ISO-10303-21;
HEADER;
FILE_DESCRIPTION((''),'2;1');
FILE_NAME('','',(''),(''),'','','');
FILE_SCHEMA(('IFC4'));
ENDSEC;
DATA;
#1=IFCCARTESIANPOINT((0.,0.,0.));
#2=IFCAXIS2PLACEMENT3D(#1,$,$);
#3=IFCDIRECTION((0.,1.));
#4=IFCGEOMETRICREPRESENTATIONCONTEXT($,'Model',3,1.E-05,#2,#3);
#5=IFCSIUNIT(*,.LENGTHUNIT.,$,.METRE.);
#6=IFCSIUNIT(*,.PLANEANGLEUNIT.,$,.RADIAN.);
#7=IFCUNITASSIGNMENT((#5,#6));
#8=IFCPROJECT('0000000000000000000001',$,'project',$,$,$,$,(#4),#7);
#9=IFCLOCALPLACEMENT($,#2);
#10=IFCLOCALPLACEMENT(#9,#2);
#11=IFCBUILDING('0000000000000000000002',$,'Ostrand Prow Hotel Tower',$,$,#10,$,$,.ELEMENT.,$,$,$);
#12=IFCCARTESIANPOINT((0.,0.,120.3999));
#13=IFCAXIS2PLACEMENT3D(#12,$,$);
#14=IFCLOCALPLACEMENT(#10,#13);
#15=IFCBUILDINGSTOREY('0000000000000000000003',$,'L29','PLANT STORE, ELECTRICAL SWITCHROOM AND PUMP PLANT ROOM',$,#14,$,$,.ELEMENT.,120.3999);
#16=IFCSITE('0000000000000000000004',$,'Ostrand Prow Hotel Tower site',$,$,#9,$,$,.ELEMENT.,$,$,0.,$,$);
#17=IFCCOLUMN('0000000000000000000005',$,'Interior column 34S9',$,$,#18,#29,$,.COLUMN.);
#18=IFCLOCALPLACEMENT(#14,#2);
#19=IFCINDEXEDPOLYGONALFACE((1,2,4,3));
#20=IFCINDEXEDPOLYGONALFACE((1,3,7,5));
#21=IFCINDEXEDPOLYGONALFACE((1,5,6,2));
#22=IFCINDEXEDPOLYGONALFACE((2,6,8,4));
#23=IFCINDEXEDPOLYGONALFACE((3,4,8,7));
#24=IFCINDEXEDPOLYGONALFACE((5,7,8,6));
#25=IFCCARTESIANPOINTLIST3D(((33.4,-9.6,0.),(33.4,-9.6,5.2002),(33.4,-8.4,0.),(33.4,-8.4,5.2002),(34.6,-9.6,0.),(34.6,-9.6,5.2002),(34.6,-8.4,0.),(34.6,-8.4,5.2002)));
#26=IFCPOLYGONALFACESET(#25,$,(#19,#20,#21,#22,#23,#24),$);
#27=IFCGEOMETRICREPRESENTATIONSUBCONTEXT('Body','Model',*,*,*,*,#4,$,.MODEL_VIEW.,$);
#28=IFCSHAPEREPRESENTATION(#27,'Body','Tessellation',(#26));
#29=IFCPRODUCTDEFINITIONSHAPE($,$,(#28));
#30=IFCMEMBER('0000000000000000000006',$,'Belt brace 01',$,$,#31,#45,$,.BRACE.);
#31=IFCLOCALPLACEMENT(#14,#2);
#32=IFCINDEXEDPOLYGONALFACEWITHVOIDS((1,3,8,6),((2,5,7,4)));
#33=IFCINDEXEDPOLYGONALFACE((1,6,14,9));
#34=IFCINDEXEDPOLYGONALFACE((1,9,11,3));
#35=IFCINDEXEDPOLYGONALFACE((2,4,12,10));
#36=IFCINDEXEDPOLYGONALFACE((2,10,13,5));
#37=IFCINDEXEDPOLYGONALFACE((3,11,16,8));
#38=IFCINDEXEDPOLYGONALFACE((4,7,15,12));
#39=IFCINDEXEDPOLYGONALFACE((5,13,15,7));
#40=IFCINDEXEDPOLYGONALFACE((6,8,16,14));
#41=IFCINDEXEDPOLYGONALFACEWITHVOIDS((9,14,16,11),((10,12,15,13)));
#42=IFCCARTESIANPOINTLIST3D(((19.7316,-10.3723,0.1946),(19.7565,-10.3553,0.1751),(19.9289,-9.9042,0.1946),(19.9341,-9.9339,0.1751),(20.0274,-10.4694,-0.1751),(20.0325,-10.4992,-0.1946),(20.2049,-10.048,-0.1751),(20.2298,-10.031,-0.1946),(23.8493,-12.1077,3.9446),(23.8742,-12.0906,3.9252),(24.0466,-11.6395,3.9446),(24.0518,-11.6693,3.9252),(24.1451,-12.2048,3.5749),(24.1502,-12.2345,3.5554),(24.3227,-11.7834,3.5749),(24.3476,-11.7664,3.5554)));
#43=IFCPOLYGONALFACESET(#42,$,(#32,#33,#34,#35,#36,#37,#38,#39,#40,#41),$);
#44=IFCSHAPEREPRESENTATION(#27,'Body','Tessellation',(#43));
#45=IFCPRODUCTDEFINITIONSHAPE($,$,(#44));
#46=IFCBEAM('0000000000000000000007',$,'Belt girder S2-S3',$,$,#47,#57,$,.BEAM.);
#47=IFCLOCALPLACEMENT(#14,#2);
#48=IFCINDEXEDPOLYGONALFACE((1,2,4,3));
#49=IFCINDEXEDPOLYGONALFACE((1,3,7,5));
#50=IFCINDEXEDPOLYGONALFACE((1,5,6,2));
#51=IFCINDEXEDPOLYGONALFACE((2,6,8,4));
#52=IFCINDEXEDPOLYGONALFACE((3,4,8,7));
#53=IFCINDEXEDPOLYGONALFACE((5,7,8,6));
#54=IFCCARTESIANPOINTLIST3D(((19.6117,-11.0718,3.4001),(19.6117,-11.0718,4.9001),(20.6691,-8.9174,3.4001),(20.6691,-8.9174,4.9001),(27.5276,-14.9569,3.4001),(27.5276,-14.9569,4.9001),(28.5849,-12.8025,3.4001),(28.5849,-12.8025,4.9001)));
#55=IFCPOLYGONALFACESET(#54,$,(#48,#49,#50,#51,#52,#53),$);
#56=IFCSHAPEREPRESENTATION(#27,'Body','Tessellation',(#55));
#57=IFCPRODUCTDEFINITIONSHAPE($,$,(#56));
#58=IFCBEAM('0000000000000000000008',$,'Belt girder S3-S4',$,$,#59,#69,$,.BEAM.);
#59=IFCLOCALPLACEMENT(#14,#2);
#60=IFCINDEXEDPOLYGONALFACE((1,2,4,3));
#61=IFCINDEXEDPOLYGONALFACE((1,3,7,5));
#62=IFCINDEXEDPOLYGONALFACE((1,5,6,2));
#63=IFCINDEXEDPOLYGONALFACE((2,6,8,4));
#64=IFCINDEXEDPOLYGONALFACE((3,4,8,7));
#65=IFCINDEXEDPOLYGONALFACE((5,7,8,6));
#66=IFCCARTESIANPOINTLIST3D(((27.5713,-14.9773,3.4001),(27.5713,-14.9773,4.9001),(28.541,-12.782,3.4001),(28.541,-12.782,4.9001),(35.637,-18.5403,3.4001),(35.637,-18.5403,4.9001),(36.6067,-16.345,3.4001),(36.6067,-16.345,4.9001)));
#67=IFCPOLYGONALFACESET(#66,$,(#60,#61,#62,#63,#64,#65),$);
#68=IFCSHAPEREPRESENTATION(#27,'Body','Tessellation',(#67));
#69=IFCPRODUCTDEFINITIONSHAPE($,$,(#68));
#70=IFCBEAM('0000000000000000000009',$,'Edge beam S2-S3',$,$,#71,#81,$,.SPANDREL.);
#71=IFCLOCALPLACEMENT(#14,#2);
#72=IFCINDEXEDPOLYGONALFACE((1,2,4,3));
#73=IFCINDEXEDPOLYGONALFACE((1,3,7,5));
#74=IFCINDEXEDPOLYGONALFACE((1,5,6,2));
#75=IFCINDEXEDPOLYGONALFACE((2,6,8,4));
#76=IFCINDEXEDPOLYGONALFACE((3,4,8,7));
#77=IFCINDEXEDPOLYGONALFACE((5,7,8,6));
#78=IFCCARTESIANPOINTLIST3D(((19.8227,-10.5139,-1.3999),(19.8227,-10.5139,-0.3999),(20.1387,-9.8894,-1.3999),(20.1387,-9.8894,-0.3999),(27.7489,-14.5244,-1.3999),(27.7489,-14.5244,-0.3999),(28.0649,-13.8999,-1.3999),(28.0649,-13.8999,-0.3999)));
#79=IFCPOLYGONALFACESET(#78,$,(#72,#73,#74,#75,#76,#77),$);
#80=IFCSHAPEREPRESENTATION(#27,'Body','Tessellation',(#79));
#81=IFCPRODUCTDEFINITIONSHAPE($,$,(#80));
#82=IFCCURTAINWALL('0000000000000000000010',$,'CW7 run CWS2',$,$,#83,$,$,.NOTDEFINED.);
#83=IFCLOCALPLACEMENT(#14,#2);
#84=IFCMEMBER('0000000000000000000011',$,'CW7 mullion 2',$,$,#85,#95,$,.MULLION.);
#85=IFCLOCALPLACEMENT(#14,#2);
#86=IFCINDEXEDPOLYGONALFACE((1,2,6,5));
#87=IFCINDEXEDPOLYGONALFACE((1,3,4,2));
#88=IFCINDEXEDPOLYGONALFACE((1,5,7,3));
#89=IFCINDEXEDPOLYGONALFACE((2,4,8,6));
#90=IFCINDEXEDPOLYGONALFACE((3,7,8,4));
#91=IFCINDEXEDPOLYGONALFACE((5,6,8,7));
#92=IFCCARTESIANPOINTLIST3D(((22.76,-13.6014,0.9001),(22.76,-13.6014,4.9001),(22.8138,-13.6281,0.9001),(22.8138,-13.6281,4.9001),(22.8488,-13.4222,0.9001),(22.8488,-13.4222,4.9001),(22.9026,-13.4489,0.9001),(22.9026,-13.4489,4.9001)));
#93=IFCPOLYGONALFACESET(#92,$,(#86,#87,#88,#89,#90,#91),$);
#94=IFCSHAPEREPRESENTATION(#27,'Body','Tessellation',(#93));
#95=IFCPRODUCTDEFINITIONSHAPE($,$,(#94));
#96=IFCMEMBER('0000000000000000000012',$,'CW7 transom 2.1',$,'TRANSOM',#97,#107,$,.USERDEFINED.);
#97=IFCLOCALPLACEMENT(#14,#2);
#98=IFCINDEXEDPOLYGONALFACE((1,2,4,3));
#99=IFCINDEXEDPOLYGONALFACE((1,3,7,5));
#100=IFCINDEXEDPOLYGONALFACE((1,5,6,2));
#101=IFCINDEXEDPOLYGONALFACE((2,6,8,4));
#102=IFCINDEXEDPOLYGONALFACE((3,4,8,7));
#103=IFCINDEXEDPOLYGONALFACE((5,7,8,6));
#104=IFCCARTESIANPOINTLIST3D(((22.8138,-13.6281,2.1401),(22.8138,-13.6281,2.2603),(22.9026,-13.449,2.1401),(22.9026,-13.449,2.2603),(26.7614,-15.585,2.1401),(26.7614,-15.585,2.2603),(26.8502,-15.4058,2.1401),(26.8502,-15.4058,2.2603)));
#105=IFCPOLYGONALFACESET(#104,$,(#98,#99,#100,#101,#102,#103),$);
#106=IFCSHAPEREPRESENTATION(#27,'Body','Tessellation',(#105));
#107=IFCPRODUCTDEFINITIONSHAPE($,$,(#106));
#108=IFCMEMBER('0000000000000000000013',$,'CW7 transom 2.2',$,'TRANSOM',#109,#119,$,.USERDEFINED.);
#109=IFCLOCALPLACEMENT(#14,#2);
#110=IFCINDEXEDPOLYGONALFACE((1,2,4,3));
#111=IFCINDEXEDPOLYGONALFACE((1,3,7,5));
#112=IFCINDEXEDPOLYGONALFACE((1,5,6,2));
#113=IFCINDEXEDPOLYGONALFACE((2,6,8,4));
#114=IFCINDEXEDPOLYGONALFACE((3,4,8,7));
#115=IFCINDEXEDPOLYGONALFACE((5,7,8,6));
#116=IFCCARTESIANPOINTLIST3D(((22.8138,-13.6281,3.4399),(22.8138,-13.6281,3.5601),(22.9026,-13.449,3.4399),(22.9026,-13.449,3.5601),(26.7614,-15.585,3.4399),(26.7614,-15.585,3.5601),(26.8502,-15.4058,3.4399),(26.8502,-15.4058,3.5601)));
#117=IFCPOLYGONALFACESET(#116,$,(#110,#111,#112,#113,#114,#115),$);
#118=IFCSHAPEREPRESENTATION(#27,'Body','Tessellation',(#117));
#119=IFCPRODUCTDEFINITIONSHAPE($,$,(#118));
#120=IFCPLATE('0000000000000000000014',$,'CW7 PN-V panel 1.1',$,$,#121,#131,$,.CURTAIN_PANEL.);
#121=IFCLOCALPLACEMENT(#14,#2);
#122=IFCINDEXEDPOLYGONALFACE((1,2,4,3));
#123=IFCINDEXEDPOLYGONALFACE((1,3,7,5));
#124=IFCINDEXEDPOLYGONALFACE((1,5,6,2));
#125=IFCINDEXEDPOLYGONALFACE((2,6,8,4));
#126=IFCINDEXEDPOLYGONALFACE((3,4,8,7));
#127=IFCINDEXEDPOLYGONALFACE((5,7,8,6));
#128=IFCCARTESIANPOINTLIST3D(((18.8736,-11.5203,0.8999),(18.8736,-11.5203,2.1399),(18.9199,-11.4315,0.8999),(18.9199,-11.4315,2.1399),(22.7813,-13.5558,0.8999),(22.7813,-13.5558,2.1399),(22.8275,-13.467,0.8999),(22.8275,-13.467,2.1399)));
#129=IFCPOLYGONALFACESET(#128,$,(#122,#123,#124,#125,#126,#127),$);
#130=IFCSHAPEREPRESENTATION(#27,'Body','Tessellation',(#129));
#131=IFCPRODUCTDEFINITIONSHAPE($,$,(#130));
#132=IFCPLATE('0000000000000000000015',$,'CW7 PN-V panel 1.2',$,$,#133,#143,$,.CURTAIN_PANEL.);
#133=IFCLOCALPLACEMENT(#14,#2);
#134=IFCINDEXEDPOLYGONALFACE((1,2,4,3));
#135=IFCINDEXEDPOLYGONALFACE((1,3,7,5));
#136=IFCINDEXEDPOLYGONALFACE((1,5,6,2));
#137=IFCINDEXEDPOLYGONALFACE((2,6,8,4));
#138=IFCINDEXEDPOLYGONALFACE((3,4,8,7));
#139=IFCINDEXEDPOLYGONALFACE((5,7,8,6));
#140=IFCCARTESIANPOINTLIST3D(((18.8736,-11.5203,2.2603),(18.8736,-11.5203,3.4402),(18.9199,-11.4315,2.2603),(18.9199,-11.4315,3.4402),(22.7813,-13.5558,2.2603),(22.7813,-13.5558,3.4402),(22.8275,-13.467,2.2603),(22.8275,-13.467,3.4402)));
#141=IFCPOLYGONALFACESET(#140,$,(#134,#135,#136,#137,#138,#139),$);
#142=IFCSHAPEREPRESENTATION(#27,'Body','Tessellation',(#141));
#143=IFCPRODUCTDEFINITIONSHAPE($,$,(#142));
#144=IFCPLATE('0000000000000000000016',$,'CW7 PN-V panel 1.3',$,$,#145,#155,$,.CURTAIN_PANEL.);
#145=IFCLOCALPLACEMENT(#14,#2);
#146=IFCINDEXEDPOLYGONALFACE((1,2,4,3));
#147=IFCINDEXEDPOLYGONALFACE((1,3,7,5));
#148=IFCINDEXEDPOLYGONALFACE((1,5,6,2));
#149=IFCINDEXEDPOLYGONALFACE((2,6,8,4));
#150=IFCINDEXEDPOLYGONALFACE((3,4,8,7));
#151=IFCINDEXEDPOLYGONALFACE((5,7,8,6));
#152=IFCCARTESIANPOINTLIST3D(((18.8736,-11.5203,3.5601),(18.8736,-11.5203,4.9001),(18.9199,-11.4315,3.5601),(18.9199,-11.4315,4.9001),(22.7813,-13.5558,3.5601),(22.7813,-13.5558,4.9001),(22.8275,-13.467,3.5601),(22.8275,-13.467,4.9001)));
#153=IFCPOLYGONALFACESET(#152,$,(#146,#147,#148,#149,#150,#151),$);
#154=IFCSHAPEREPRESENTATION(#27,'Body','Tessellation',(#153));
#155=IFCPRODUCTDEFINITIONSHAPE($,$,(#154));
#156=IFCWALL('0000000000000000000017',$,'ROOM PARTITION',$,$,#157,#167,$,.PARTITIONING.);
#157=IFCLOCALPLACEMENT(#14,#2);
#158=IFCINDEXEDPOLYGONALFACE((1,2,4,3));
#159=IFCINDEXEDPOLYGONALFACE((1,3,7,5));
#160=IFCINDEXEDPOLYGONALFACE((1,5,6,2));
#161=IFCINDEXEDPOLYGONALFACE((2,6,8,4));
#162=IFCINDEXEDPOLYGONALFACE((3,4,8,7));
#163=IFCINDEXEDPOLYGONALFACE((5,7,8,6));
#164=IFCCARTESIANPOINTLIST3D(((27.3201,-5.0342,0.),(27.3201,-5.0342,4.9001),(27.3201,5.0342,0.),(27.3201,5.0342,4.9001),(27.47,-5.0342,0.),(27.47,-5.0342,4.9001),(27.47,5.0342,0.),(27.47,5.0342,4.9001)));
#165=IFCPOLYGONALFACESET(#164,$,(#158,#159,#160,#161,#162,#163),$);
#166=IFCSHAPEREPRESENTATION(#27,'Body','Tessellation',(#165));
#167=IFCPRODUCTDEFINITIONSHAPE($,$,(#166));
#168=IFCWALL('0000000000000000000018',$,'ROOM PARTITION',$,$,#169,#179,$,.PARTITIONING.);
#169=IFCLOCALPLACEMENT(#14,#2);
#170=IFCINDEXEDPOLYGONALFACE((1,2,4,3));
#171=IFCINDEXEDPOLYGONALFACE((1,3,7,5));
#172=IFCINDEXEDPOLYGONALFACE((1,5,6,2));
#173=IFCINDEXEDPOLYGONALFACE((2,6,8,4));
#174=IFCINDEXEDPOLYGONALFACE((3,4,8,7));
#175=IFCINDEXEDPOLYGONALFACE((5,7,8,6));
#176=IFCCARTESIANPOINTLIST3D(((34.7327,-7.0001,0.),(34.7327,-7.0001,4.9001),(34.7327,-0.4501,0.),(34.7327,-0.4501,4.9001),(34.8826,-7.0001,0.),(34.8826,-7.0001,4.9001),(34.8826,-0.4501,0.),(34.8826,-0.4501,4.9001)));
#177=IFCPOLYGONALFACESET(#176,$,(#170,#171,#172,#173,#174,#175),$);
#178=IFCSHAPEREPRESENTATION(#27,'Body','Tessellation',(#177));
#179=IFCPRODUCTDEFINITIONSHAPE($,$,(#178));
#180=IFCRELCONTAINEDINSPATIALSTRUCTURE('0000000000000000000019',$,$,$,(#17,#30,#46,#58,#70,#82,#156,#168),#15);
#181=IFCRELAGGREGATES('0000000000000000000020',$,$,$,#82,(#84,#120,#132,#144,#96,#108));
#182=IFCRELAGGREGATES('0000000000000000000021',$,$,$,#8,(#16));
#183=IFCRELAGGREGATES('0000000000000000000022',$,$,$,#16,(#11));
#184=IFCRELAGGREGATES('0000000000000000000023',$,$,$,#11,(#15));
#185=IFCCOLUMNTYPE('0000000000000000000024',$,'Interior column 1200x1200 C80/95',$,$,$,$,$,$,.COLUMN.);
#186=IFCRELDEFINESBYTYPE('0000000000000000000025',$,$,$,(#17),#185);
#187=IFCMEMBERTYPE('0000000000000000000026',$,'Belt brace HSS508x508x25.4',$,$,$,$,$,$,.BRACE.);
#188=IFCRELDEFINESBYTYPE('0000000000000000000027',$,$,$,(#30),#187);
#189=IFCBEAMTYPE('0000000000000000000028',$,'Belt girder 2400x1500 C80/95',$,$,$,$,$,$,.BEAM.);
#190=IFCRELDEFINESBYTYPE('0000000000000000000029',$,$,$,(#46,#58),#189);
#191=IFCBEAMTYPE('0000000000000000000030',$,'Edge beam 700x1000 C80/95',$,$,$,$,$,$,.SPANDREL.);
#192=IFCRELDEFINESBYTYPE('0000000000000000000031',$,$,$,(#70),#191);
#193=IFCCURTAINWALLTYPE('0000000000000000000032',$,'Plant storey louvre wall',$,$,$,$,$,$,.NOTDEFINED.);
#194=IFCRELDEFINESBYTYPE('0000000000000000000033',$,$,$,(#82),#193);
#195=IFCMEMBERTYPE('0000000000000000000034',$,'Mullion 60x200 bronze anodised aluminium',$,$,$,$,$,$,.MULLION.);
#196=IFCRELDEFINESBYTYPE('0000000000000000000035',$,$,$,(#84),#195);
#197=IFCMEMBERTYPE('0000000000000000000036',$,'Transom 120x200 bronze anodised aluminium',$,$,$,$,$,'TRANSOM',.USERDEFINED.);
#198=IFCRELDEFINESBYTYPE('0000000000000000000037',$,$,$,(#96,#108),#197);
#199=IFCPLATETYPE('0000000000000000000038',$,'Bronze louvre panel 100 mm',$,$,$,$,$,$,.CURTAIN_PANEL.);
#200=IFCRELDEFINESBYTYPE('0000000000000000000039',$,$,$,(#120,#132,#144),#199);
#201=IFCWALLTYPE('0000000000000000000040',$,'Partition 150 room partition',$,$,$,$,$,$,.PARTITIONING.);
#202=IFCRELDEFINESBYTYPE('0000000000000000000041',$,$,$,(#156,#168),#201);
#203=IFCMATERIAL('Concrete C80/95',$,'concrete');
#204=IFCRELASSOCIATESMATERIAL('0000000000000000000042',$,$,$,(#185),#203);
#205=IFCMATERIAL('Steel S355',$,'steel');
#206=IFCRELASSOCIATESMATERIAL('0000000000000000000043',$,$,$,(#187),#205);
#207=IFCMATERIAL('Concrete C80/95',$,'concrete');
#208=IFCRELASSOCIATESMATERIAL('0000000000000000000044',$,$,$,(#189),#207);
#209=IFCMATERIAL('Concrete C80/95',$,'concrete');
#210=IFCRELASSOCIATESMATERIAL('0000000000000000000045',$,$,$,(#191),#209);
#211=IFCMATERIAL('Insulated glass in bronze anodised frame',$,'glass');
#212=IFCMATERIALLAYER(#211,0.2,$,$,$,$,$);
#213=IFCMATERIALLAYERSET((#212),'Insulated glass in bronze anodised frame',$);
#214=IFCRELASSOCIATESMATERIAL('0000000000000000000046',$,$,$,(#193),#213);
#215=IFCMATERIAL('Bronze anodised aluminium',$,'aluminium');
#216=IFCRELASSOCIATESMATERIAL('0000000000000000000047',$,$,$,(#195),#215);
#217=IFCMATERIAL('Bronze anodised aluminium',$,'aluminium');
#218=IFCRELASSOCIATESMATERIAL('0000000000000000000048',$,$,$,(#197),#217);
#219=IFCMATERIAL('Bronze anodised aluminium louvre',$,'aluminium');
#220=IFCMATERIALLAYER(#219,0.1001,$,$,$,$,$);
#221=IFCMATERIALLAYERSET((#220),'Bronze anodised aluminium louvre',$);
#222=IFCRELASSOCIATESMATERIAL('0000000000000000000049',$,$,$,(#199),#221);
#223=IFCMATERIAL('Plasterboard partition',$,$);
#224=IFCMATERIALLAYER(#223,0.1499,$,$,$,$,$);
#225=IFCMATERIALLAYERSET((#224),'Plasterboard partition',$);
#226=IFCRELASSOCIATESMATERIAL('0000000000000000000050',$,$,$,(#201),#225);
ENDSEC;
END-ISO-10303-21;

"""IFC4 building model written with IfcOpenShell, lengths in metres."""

from ifc_helpers import new_model, si_unit, direction, frame, frame_2d, origin, origin_2d, place, context, subcontext, project, spatial, rectangle, hollow_rectangle, extrude, material, layer, layer_set, material_profile, profile_set, type_object, element, aggregate, save


model = new_model("IFC4")

# Units and contexts
model_context = context("Model", 3, precision=1e-05, world=origin(), true_north=direction((0.0, 1.0)))
body_context = subcontext(model_context, "Body", "Model", "MODEL_VIEW")
ifc_project = project(units=[si_unit("LENGTHUNIT", "METRE"), si_unit("PLANEANGLEUNIT", "RADIAN")], contexts=[model_context])

# Site, building, storey
site_placement = place(None, origin())
site = spatial("IfcSite", under=ifc_project, at=site_placement, Name="Ostrand Prow Hotel Tower site", CompositionType="ELEMENT", RefElevation=0.0)
building_placement = place(site_placement, origin())
building = spatial("IfcBuilding", under=site, at=building_placement, Name="Ostrand Prow Hotel Tower", CompositionType="ELEMENT")
storey_placement = place(building_placement, frame((0.0, 0.0, 120.3999)))
storey = spatial("IfcBuildingStorey", under=building, at=storey_placement, Name="L29", Description="PLANT STORE, ELECTRICAL SWITCHROOM AND PUMP PLANT ROOM", CompositionType="ELEMENT", Elevation=120.3999)

# Column
ifc_material_1 = material(Name="Concrete C80/95", Category="concrete")
ifc_material_profile_1 = material_profile(ifc_material_1, rectangle(XDim=1.2, YDim=1.2, at=origin_2d()), Name="RC 1200x1200")
ifc_profile_set_1 = profile_set([ifc_material_profile_1], Name="Concrete C80/95")
column_type = type_object("IfcColumnType", Name="Interior column 1200x1200 C80/95", PredefinedType="COLUMN", material=ifc_profile_set_1)
column_placement = place(storey_placement, frame((34.0, -9.0, 0.0), z_axis=(0.0, 0.0, 1.0), x_axis=(1.0, 0.0, 0.0)))
element("IfcColumn", 1, at=column_placement, inside=storey, type_object=column_type, Name="Interior column 34S9", PredefinedType="COLUMN", context=body_context, shape_type="SweptSolid", body=[
    extrude(rectangle(XDim=1.2, YDim=1.2, at=origin_2d()), origin(), (0.0, 0.0, 1.0), 5.2002),
])

# Member
ifc_material_2 = material(Name="Steel S355", Category="steel")
ifc_material_profile_2 = material_profile(ifc_material_2, hollow_rectangle(XDim=0.5081, YDim=0.5081, WallThickness=0.0254, at=origin_2d()), Name="HSS508x508x25.4")
ifc_profile_set_2 = profile_set([ifc_material_profile_2], Name="Steel S355")
member_type_1 = type_object("IfcMemberType", Name="Belt brace HSS508x508x25.4", PredefinedType="BRACE", material=ifc_profile_set_2)
member_1_placement = place(storey_placement, frame((19.9807, -10.2017, 0.0), z_axis=(0.705873, -0.297483, 0.642844), x_axis=(0.38836, 0.921508, 0.0)))
element("IfcMember", 2, at=member_1_placement, inside=storey, type_object=member_type_1, Name="Belt brace 01", PredefinedType="BRACE", context=body_context, shape_type="SweptSolid", body=[
    extrude(hollow_rectangle(XDim=0.5081, YDim=0.5081, WallThickness=0.0254, at=origin_2d()), origin(), (0.0, 0.0, 1.0), 5.8335),
])

# Beams
ifc_material_3 = material(Name="Concrete C80/95", Category="concrete")
ifc_material_profile_3 = material_profile(ifc_material_3, rectangle(XDim=2.3999, YDim=1.5, at=origin_2d()), Name="RC 2400x1500")
ifc_profile_set_3 = profile_set([ifc_material_profile_3], Name="Concrete C80/95")
beam_type_1 = type_object("IfcBeamType", Name="Belt girder 2400x1500 C80/95", PredefinedType="BEAM", material=ifc_profile_set_3)
beam_1_placement = place(storey_placement, frame((20.1404, -9.9946, 4.1501), z_axis=(0.897709, -0.44059, 0.0), x_axis=(0.44059, 0.897709, 0.0)))
element("IfcBeam", 3, at=beam_1_placement, inside=storey, type_object=beam_type_1, Name="Belt girder S2-S3", PredefinedType="BEAM", context=body_context, shape_type="SweptSolid", body=[
    extrude(rectangle(XDim=2.3999, YDim=1.5, at=origin_2d()), origin(), (0.0, 0.0, 1.0), 8.8179),
])
beam_2_placement = place(storey_placement, frame((28.0562, -13.8796, 4.1501), z_axis=(0.914725, -0.404077, 0.0), x_axis=(0.404077, 0.914725, 0.0)))
element("IfcBeam", 4, at=beam_2_placement, inside=storey, type_object=beam_type_1, Name="Belt girder S3-S4", PredefinedType="BEAM", context=body_context, shape_type="SweptSolid", body=[
    extrude(rectangle(XDim=2.3999, YDim=1.5, at=origin_2d()), origin(), (0.0, 0.0, 1.0), 8.8176),
])
ifc_material_4 = material(Name="Concrete C80/95", Category="concrete")
ifc_material_profile_4 = material_profile(ifc_material_4, rectangle(XDim=0.7, YDim=1.0, at=origin_2d()), Name="RC 700x1000")
ifc_profile_set_4 = profile_set([ifc_material_profile_4], Name="Concrete C80/95")
beam_type_2 = type_object("IfcBeamType", Name="Edge beam 700x1000 C80/95", PredefinedType="SPANDREL", material=ifc_profile_set_4)
beam_3_placement = place(storey_placement, frame((19.9807, -10.2017, -0.8999), z_axis=(0.892284, -0.451474, 0.0), x_axis=(0.451474, 0.892284, 0.0)))
element("IfcBeam", 5, at=beam_3_placement, inside=storey, type_object=beam_type_2, Name="Edge beam S2-S3", PredefinedType="SPANDREL", context=body_context, shape_type="SweptSolid", body=[
    extrude(rectangle(XDim=0.7, YDim=1.0, at=origin_2d()), origin(), (0.0, 0.0, 1.0), 8.8831),
])

# Curtain wall, members, plates
ifc_material_5 = material(Name="Insulated glass in bronze anodised frame", Category="glass")
ifc_layer_1 = layer(ifc_material_5, 0.2)
ifc_layer_set_1 = layer_set([ifc_layer_1], Name="Insulated glass in bronze anodised frame")
curtain_wall_type = type_object("IfcCurtainWallType", Name="Plant storey louvre wall", PredefinedType="NOTDEFINED", material=ifc_layer_set_1)
curtain_wall_placement = place(storey_placement, origin())
curtain_wall = element("IfcCurtainWall", 6, at=curtain_wall_placement, inside=storey, type_object=curtain_wall_type, Name="CW7 run CWS2", PredefinedType="NOTDEFINED")
ifc_material_6 = material(Name="Bronze anodised aluminium", Category="aluminium")
ifc_material_profile_5 = material_profile(ifc_material_6, rectangle(XDim=0.2, YDim=0.0601, at=origin_2d()), Name="Mullion 60x200 bronze anodised aluminium")
ifc_profile_set_5 = profile_set([ifc_material_profile_5], Name="Bronze anodised aluminium")
member_type_2 = type_object("IfcMemberType", Name="Mullion 60x200 bronze anodised aluminium", PredefinedType="MULLION", material=ifc_profile_set_5)
member_2_placement = place(storey_placement, frame((22.8313, -13.5251, 0.9001), z_axis=(0.0, 0.0, 1.0), x_axis=(0.444113, 0.895971, 0.0)))
member_2 = element("IfcMember", 7, at=member_2_placement, type_object=member_type_2, Name="CW7 mullion 2", PredefinedType="MULLION", context=body_context, shape_type="SweptSolid", body=[
    extrude(rectangle(XDim=0.2, YDim=0.0601, at=origin_2d()), origin(), (0.0, 0.0, 1.0), 4.0),
])
ifc_material_7 = material(Name="Bronze anodised aluminium", Category="aluminium")
ifc_material_profile_6 = material_profile(ifc_material_7, rectangle(XDim=0.2, YDim=0.1201, at=origin_2d()), Name="Transom 120x200 bronze anodised aluminium")
ifc_profile_set_6 = profile_set([ifc_material_profile_6], Name="Bronze anodised aluminium")
member_type_3 = type_object("IfcMemberType", Name="Transom 120x200 bronze anodised aluminium", ElementType="TRANSOM", PredefinedType="USERDEFINED", material=ifc_profile_set_6)
member_3_placement = place(storey_placement, frame((22.8582, -13.5386, 2.2002), z_axis=(0.895962, -0.44413, 0.0), x_axis=(0.44413, 0.895962, 0.0)))
member_3 = element("IfcMember", 8, at=member_3_placement, type_object=member_type_3, Name="CW7 transom 2.1", ObjectType="TRANSOM", PredefinedType="USERDEFINED", context=body_context, shape_type="SweptSolid", body=[
    extrude(rectangle(XDim=0.2, YDim=0.1201, at=origin_2d()), origin(), (0.0, 0.0, 1.0), 4.406),
])
member_4_placement = place(storey_placement, frame((22.8582, -13.5386, 3.5), z_axis=(0.895962, -0.44413, 0.0), x_axis=(0.44413, 0.895962, 0.0)))
member_4 = element("IfcMember", 9, at=member_4_placement, type_object=member_type_3, Name="CW7 transom 2.2", ObjectType="TRANSOM", PredefinedType="USERDEFINED", context=body_context, shape_type="SweptSolid", body=[
    extrude(rectangle(XDim=0.2, YDim=0.1201, at=origin_2d()), origin(), (0.0, 0.0, 1.0), 4.406),
])
ifc_material_8 = material(Name="Bronze anodised aluminium louvre", Category="aluminium")
ifc_layer_2 = layer(ifc_material_8, 0.1001)
ifc_layer_set_2 = layer_set([ifc_layer_2], Name="Bronze anodised aluminium louvre")
plate_type = type_object("IfcPlateType", Name="Bronze louvre panel 100 mm", PredefinedType="CURTAIN_PANEL", material=ifc_layer_set_2)
plate_1_placement = place(storey_placement, frame((20.8506, -12.4937, 0.8999), z_axis=(0.0, 0.0, 1.0), x_axis=(0.886896, -0.461968, 0.0)))
plate_1 = element("IfcPlate", 10, at=plate_1_placement, type_object=plate_type, Name="CW7 PN-V panel 1.1", PredefinedType="CURTAIN_PANEL", context=body_context, shape_type="SweptSolid", body=[
    extrude(rectangle(XDim=4.406, YDim=0.1001, at=origin_2d()), origin(), (0.0, 0.0, 1.0), 1.24),
])
plate_2_placement = place(storey_placement, frame((20.8506, -12.4937, 2.2603), z_axis=(0.0, 0.0, 1.0), x_axis=(0.886896, -0.461968, 0.0)))
plate_2 = element("IfcPlate", 11, at=plate_2_placement, type_object=plate_type, Name="CW7 PN-V panel 1.2", PredefinedType="CURTAIN_PANEL", context=body_context, shape_type="SweptSolid", body=[
    extrude(rectangle(XDim=4.406, YDim=0.1001, at=origin_2d()), origin(), (0.0, 0.0, 1.0), 1.1799),
])
plate_3_placement = place(storey_placement, frame((20.8506, -12.4937, 3.5601), z_axis=(0.0, 0.0, 1.0), x_axis=(0.886896, -0.461968, 0.0)))
plate_3 = element("IfcPlate", 12, at=plate_3_placement, type_object=plate_type, Name="CW7 PN-V panel 1.3", PredefinedType="CURTAIN_PANEL", context=body_context, shape_type="SweptSolid", body=[
    extrude(rectangle(XDim=4.406, YDim=0.1001, at=origin_2d()), origin(), (0.0, 0.0, 1.0), 1.3401),
])
aggregate(curtain_wall, [member_2, plate_1, plate_2, plate_3, member_3, member_4])

# Walls
ifc_material_9 = material(Name="Plasterboard partition")
ifc_layer_3 = layer(ifc_material_9, 0.1499)
ifc_layer_set_3 = layer_set([ifc_layer_3], Name="Plasterboard partition")
wall_type_1 = type_object("IfcWallType", Name="Partition 150 room partition", PredefinedType="PARTITIONING", material=ifc_layer_set_3)
wall_1_placement = place(storey_placement, frame((27.395, -5.0342, 0.0), z_axis=(0.0, 0.0, 1.0), x_axis=(0.0, 1.0, 0.0)))
element("IfcWall", 13, at=wall_1_placement, inside=storey, type_object=wall_type_1, Name="ROOM PARTITION", PredefinedType="PARTITIONING", context=body_context, shape_type="SweptSolid", body=[
    extrude(rectangle(XDim=10.0684, YDim=0.1499, at=frame_2d((5.0342, 0.0))), origin(), (0.0, 0.0, 1.0), 4.9001),
])
wall_2_placement = place(storey_placement, frame((34.8076, -7.0, 0.0), z_axis=(0.0, 0.0, 1.0), x_axis=(0.0, 1.0, 0.0)))
element("IfcWall", 14, at=wall_2_placement, inside=storey, type_object=wall_type_1, Name="ROOM PARTITION", PredefinedType="PARTITIONING", context=body_context, shape_type="SweptSolid", body=[
    extrude(rectangle(XDim=6.55, YDim=0.1499, at=frame_2d((3.2749, 0.0))), origin(), (0.0, 0.0, 1.0), 4.9001),
])

save(model, "model.ifc")
